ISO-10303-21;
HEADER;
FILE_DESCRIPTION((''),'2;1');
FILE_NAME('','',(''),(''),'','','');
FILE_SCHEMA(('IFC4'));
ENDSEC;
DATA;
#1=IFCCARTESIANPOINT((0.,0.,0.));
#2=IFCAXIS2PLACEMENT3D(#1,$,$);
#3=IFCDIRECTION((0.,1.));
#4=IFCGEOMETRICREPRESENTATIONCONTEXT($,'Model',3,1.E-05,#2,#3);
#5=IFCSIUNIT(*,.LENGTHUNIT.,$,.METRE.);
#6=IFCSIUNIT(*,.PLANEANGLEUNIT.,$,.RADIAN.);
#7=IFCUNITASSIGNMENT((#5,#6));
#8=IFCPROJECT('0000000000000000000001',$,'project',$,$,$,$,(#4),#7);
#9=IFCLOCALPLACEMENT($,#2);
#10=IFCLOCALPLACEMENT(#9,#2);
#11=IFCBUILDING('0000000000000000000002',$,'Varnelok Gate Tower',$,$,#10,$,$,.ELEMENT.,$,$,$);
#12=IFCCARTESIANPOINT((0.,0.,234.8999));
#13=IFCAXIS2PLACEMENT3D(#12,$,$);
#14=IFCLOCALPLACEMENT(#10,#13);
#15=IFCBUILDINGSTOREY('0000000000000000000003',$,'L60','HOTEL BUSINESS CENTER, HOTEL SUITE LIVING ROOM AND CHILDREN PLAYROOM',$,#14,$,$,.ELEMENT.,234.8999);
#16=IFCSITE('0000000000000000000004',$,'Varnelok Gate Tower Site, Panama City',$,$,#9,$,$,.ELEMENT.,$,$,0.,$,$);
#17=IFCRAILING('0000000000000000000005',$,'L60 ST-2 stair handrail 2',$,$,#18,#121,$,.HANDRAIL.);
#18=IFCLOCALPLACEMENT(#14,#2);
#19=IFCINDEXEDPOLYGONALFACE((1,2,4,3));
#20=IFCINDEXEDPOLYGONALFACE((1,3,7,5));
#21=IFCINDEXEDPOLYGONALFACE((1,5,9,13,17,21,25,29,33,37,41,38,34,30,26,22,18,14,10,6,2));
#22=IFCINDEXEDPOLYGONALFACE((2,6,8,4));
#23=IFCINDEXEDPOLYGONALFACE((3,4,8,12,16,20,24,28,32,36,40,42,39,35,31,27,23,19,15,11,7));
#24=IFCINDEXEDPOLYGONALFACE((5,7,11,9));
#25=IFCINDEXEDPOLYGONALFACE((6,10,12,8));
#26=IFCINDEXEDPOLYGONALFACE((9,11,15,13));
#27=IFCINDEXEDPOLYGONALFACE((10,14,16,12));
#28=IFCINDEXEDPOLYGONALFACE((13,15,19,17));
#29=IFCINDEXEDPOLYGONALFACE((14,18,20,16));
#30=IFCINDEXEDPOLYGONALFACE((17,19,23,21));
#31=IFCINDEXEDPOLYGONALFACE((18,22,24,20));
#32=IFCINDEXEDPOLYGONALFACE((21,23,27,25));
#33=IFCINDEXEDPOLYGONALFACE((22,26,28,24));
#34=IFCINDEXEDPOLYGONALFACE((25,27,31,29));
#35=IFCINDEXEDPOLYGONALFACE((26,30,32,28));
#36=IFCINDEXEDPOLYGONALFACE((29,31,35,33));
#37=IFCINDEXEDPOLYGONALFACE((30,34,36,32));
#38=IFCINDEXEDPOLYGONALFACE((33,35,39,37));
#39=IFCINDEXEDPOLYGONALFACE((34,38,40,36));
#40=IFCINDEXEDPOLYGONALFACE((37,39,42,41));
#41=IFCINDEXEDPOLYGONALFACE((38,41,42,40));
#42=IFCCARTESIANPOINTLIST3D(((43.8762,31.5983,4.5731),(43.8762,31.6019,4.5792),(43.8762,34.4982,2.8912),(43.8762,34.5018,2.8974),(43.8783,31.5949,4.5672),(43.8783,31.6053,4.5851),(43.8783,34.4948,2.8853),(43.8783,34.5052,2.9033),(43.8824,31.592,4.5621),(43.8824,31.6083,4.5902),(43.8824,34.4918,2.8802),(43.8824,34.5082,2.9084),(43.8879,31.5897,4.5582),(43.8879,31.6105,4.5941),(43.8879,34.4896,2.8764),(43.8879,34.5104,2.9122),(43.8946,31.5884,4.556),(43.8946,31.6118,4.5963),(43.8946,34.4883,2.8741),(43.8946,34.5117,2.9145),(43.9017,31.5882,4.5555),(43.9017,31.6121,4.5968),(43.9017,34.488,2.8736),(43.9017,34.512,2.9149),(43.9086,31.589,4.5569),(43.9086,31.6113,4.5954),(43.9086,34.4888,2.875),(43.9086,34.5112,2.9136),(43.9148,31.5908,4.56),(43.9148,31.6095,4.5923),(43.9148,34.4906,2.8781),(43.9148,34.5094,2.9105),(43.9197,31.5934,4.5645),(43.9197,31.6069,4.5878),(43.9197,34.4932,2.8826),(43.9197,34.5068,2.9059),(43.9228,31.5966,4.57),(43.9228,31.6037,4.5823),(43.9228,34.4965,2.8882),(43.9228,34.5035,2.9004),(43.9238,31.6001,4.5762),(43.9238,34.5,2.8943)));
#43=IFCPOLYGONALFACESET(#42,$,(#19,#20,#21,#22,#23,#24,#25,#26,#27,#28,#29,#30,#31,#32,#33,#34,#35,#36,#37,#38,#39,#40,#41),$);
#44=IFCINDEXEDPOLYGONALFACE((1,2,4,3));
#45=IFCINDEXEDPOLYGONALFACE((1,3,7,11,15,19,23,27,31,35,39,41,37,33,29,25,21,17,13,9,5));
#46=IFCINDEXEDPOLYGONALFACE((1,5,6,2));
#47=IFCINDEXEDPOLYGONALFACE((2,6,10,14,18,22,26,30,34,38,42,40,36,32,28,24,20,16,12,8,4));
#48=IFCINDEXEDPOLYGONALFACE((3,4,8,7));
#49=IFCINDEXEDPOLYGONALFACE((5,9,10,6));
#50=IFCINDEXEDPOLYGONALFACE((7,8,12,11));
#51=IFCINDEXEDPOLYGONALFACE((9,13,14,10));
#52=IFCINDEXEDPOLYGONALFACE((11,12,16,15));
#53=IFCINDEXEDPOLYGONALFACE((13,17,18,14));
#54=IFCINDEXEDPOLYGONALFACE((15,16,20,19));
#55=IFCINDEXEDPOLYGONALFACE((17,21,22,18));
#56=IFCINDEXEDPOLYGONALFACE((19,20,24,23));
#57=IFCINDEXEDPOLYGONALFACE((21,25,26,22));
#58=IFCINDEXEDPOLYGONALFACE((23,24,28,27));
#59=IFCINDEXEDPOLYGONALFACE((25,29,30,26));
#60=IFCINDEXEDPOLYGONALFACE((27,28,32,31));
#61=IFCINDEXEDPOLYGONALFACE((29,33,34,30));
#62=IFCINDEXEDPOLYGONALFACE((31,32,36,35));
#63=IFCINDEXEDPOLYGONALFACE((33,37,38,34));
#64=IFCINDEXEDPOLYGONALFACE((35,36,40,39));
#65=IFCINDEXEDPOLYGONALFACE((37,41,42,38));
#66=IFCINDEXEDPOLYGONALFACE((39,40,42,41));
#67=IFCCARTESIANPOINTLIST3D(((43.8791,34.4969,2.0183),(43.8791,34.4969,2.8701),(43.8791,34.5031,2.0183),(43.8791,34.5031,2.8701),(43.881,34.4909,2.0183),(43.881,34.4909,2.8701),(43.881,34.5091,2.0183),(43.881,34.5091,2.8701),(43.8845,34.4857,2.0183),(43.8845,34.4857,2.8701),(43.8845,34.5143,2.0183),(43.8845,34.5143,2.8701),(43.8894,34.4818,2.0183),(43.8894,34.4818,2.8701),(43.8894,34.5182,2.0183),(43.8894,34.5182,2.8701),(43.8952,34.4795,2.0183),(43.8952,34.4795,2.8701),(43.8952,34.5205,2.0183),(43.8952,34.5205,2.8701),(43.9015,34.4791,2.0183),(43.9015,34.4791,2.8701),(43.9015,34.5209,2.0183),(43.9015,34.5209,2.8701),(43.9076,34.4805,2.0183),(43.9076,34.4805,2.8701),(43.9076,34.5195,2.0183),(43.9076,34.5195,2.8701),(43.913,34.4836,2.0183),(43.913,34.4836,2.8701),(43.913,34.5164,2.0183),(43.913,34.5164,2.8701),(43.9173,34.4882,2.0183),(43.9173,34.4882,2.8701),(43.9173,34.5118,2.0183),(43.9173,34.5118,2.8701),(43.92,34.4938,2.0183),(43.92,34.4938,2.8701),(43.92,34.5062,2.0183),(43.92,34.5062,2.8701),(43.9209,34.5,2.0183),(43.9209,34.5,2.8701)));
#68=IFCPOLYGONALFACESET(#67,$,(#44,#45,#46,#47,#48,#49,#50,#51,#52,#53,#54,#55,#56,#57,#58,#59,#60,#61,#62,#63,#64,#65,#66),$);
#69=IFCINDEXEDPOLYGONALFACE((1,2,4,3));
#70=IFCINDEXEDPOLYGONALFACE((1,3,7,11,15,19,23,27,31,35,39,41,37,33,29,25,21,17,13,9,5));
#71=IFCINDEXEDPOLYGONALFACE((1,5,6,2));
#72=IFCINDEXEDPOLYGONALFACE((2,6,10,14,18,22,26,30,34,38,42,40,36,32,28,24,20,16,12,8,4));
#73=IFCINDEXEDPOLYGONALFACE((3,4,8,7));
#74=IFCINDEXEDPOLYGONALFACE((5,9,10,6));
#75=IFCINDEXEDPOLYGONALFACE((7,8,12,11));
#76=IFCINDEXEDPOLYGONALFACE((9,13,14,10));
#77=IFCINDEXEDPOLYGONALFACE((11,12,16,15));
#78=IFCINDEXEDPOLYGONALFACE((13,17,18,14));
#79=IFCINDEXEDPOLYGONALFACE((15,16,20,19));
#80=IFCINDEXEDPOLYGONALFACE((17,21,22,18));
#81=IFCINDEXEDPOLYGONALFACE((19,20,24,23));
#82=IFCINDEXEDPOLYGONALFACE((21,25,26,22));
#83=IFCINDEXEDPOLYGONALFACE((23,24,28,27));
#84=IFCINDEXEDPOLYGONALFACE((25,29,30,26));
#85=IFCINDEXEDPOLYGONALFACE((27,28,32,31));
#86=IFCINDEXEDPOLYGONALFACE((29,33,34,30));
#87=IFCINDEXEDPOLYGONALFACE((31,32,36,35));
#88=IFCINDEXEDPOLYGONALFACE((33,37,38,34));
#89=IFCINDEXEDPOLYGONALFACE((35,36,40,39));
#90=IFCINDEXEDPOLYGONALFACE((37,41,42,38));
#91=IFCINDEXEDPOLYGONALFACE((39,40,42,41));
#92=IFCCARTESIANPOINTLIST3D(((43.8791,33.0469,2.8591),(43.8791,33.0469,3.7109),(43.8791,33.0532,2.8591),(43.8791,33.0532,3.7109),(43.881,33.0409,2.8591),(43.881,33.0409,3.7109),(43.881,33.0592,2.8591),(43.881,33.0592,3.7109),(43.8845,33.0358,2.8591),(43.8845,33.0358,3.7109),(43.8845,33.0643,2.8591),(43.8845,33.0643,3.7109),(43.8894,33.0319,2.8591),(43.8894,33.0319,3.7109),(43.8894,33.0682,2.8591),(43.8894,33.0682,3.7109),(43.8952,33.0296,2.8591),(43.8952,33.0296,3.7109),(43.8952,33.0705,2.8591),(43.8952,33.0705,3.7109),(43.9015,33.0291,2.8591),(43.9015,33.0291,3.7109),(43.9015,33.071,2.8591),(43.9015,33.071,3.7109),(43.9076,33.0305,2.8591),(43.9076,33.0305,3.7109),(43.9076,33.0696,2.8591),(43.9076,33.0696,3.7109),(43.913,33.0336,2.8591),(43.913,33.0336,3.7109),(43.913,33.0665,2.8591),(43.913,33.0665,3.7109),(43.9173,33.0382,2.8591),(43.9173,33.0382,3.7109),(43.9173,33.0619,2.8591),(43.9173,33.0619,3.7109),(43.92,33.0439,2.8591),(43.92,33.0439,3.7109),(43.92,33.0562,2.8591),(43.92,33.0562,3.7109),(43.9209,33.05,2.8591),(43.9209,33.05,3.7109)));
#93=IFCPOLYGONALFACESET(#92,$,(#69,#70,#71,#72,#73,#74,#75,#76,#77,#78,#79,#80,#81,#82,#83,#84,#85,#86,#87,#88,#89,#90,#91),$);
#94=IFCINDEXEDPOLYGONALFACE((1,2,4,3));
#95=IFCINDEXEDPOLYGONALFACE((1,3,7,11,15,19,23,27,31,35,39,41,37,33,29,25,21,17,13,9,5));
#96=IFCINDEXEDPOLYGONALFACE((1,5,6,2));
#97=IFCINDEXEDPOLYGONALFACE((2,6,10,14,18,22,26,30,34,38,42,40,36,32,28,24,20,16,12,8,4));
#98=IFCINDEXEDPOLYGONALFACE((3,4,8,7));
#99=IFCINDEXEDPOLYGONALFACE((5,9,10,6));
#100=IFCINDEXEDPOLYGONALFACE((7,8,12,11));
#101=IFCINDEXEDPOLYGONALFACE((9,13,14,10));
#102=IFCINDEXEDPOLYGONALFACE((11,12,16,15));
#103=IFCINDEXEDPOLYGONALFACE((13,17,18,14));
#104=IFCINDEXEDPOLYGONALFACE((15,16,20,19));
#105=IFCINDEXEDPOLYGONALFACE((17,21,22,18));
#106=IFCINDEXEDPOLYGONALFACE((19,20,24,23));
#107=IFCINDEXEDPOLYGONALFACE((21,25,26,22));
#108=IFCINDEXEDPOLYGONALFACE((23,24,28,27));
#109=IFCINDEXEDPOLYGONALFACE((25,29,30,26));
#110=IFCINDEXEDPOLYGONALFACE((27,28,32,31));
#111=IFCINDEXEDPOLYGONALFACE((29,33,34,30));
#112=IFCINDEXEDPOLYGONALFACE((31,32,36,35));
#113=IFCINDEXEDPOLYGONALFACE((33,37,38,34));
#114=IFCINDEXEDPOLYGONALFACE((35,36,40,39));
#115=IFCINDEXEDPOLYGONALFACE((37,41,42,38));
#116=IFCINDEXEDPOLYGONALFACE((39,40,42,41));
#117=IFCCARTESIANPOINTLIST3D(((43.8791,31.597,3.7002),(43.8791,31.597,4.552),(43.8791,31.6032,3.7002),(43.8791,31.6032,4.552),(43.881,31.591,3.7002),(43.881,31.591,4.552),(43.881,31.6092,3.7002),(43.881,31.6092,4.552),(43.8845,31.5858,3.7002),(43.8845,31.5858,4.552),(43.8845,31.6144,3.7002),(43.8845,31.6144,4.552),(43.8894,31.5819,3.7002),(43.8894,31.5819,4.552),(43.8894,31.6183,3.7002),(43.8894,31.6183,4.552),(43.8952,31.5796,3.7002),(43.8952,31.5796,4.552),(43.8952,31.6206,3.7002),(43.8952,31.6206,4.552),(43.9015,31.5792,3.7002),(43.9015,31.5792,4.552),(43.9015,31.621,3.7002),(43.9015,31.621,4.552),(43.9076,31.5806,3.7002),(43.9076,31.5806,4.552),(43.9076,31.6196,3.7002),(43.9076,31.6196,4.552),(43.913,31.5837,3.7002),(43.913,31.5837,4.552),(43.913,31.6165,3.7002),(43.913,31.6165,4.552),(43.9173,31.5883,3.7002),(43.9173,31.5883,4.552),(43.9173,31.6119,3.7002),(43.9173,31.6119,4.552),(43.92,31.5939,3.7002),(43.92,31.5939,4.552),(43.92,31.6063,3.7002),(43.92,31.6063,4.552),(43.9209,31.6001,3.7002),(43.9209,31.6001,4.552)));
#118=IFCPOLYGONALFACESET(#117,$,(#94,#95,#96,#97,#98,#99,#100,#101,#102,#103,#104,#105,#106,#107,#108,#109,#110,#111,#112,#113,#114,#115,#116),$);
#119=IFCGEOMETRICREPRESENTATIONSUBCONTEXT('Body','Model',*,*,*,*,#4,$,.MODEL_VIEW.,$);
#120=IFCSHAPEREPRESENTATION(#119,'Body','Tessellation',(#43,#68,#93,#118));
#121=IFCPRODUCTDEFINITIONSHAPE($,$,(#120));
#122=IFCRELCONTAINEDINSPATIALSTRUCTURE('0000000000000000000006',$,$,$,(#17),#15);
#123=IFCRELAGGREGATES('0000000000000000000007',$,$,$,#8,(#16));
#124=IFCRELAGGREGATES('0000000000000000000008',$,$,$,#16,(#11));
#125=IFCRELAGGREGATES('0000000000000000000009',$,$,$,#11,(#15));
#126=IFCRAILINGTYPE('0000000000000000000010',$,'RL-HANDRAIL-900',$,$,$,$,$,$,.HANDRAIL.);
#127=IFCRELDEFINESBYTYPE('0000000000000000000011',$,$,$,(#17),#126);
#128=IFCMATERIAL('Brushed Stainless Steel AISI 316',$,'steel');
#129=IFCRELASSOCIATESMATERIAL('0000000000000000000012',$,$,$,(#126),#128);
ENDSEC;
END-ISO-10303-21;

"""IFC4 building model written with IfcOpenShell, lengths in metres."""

from ifc_helpers import new_model, si_unit, direction, frame, origin, origin_2d, place, context, subcontext, project, spatial, circle, extrude, material, type_object, element, save


model = new_model("IFC4")

# Units and contexts
model_context = context("Model", 3, precision=1e-05, world=origin(), true_north=direction((0.0, 1.0)))
body_context = subcontext(model_context, "Body", "Model", "MODEL_VIEW")
ifc_project = project(units=[si_unit("LENGTHUNIT", "METRE"), si_unit("PLANEANGLEUNIT", "RADIAN")], contexts=[model_context])

# Site, building, storey
site_placement = place(None, origin())
site = spatial("IfcSite", under=ifc_project, at=site_placement, Name="Varnelok Gate Tower Site, Panama City", CompositionType="ELEMENT", RefElevation=0.0)
building_placement = place(site_placement, origin())
building = spatial("IfcBuilding", under=site, at=building_placement, Name="Varnelok Gate Tower", CompositionType="ELEMENT")
storey_placement = place(building_placement, frame((0.0, 0.0, 234.8999)))
storey = spatial("IfcBuildingStorey", under=building, at=storey_placement, Name="L60", Description="HOTEL BUSINESS CENTER, HOTEL SUITE LIVING ROOM AND CHILDREN PLAYROOM", CompositionType="ELEMENT", Elevation=234.8999)

# Railing
ifc_material_1 = material(Name="Brushed Stainless Steel AISI 316", Category="steel")
railing_type_1 = type_object("IfcRailingType", Name="RL-HANDRAIL-900", PredefinedType="HANDRAIL", material=ifc_material_1)
railing_1_placement = place(storey_placement, frame((43.8999, 34.5, 2.0183)))
element("IfcRailing", 1, at=railing_1_placement, inside=storey, type_object=railing_type_1, Name="L60 ST-2 stair handrail 2", PredefinedType="HANDRAIL", context=body_context, shape_type="SweptSolid", body=[
    extrude(circle(Radius=0.0239, at=origin_2d()), frame((0.0, 0.0, 0.876), z_axis=(0.0, -0.865039, 0.501705), x_axis=(1.0, 0.0, 0.0)), (0.0, 0.0, 1.0), 3.3523),
    extrude(circle(Radius=0.021, at=origin_2d()), origin(), (0.0, 0.0, 1.0), 0.8518),
    extrude(circle(Radius=0.021, at=origin_2d()), frame((0.0, -1.45, 0.8408)), (0.0, 0.0, 1.0), 0.8518),
    extrude(circle(Radius=0.021, at=origin_2d()), frame((0.0, -2.8999, 1.6819)), (0.0, 0.0, 1.0), 0.8518),
])

save(model, "model.ifc")
